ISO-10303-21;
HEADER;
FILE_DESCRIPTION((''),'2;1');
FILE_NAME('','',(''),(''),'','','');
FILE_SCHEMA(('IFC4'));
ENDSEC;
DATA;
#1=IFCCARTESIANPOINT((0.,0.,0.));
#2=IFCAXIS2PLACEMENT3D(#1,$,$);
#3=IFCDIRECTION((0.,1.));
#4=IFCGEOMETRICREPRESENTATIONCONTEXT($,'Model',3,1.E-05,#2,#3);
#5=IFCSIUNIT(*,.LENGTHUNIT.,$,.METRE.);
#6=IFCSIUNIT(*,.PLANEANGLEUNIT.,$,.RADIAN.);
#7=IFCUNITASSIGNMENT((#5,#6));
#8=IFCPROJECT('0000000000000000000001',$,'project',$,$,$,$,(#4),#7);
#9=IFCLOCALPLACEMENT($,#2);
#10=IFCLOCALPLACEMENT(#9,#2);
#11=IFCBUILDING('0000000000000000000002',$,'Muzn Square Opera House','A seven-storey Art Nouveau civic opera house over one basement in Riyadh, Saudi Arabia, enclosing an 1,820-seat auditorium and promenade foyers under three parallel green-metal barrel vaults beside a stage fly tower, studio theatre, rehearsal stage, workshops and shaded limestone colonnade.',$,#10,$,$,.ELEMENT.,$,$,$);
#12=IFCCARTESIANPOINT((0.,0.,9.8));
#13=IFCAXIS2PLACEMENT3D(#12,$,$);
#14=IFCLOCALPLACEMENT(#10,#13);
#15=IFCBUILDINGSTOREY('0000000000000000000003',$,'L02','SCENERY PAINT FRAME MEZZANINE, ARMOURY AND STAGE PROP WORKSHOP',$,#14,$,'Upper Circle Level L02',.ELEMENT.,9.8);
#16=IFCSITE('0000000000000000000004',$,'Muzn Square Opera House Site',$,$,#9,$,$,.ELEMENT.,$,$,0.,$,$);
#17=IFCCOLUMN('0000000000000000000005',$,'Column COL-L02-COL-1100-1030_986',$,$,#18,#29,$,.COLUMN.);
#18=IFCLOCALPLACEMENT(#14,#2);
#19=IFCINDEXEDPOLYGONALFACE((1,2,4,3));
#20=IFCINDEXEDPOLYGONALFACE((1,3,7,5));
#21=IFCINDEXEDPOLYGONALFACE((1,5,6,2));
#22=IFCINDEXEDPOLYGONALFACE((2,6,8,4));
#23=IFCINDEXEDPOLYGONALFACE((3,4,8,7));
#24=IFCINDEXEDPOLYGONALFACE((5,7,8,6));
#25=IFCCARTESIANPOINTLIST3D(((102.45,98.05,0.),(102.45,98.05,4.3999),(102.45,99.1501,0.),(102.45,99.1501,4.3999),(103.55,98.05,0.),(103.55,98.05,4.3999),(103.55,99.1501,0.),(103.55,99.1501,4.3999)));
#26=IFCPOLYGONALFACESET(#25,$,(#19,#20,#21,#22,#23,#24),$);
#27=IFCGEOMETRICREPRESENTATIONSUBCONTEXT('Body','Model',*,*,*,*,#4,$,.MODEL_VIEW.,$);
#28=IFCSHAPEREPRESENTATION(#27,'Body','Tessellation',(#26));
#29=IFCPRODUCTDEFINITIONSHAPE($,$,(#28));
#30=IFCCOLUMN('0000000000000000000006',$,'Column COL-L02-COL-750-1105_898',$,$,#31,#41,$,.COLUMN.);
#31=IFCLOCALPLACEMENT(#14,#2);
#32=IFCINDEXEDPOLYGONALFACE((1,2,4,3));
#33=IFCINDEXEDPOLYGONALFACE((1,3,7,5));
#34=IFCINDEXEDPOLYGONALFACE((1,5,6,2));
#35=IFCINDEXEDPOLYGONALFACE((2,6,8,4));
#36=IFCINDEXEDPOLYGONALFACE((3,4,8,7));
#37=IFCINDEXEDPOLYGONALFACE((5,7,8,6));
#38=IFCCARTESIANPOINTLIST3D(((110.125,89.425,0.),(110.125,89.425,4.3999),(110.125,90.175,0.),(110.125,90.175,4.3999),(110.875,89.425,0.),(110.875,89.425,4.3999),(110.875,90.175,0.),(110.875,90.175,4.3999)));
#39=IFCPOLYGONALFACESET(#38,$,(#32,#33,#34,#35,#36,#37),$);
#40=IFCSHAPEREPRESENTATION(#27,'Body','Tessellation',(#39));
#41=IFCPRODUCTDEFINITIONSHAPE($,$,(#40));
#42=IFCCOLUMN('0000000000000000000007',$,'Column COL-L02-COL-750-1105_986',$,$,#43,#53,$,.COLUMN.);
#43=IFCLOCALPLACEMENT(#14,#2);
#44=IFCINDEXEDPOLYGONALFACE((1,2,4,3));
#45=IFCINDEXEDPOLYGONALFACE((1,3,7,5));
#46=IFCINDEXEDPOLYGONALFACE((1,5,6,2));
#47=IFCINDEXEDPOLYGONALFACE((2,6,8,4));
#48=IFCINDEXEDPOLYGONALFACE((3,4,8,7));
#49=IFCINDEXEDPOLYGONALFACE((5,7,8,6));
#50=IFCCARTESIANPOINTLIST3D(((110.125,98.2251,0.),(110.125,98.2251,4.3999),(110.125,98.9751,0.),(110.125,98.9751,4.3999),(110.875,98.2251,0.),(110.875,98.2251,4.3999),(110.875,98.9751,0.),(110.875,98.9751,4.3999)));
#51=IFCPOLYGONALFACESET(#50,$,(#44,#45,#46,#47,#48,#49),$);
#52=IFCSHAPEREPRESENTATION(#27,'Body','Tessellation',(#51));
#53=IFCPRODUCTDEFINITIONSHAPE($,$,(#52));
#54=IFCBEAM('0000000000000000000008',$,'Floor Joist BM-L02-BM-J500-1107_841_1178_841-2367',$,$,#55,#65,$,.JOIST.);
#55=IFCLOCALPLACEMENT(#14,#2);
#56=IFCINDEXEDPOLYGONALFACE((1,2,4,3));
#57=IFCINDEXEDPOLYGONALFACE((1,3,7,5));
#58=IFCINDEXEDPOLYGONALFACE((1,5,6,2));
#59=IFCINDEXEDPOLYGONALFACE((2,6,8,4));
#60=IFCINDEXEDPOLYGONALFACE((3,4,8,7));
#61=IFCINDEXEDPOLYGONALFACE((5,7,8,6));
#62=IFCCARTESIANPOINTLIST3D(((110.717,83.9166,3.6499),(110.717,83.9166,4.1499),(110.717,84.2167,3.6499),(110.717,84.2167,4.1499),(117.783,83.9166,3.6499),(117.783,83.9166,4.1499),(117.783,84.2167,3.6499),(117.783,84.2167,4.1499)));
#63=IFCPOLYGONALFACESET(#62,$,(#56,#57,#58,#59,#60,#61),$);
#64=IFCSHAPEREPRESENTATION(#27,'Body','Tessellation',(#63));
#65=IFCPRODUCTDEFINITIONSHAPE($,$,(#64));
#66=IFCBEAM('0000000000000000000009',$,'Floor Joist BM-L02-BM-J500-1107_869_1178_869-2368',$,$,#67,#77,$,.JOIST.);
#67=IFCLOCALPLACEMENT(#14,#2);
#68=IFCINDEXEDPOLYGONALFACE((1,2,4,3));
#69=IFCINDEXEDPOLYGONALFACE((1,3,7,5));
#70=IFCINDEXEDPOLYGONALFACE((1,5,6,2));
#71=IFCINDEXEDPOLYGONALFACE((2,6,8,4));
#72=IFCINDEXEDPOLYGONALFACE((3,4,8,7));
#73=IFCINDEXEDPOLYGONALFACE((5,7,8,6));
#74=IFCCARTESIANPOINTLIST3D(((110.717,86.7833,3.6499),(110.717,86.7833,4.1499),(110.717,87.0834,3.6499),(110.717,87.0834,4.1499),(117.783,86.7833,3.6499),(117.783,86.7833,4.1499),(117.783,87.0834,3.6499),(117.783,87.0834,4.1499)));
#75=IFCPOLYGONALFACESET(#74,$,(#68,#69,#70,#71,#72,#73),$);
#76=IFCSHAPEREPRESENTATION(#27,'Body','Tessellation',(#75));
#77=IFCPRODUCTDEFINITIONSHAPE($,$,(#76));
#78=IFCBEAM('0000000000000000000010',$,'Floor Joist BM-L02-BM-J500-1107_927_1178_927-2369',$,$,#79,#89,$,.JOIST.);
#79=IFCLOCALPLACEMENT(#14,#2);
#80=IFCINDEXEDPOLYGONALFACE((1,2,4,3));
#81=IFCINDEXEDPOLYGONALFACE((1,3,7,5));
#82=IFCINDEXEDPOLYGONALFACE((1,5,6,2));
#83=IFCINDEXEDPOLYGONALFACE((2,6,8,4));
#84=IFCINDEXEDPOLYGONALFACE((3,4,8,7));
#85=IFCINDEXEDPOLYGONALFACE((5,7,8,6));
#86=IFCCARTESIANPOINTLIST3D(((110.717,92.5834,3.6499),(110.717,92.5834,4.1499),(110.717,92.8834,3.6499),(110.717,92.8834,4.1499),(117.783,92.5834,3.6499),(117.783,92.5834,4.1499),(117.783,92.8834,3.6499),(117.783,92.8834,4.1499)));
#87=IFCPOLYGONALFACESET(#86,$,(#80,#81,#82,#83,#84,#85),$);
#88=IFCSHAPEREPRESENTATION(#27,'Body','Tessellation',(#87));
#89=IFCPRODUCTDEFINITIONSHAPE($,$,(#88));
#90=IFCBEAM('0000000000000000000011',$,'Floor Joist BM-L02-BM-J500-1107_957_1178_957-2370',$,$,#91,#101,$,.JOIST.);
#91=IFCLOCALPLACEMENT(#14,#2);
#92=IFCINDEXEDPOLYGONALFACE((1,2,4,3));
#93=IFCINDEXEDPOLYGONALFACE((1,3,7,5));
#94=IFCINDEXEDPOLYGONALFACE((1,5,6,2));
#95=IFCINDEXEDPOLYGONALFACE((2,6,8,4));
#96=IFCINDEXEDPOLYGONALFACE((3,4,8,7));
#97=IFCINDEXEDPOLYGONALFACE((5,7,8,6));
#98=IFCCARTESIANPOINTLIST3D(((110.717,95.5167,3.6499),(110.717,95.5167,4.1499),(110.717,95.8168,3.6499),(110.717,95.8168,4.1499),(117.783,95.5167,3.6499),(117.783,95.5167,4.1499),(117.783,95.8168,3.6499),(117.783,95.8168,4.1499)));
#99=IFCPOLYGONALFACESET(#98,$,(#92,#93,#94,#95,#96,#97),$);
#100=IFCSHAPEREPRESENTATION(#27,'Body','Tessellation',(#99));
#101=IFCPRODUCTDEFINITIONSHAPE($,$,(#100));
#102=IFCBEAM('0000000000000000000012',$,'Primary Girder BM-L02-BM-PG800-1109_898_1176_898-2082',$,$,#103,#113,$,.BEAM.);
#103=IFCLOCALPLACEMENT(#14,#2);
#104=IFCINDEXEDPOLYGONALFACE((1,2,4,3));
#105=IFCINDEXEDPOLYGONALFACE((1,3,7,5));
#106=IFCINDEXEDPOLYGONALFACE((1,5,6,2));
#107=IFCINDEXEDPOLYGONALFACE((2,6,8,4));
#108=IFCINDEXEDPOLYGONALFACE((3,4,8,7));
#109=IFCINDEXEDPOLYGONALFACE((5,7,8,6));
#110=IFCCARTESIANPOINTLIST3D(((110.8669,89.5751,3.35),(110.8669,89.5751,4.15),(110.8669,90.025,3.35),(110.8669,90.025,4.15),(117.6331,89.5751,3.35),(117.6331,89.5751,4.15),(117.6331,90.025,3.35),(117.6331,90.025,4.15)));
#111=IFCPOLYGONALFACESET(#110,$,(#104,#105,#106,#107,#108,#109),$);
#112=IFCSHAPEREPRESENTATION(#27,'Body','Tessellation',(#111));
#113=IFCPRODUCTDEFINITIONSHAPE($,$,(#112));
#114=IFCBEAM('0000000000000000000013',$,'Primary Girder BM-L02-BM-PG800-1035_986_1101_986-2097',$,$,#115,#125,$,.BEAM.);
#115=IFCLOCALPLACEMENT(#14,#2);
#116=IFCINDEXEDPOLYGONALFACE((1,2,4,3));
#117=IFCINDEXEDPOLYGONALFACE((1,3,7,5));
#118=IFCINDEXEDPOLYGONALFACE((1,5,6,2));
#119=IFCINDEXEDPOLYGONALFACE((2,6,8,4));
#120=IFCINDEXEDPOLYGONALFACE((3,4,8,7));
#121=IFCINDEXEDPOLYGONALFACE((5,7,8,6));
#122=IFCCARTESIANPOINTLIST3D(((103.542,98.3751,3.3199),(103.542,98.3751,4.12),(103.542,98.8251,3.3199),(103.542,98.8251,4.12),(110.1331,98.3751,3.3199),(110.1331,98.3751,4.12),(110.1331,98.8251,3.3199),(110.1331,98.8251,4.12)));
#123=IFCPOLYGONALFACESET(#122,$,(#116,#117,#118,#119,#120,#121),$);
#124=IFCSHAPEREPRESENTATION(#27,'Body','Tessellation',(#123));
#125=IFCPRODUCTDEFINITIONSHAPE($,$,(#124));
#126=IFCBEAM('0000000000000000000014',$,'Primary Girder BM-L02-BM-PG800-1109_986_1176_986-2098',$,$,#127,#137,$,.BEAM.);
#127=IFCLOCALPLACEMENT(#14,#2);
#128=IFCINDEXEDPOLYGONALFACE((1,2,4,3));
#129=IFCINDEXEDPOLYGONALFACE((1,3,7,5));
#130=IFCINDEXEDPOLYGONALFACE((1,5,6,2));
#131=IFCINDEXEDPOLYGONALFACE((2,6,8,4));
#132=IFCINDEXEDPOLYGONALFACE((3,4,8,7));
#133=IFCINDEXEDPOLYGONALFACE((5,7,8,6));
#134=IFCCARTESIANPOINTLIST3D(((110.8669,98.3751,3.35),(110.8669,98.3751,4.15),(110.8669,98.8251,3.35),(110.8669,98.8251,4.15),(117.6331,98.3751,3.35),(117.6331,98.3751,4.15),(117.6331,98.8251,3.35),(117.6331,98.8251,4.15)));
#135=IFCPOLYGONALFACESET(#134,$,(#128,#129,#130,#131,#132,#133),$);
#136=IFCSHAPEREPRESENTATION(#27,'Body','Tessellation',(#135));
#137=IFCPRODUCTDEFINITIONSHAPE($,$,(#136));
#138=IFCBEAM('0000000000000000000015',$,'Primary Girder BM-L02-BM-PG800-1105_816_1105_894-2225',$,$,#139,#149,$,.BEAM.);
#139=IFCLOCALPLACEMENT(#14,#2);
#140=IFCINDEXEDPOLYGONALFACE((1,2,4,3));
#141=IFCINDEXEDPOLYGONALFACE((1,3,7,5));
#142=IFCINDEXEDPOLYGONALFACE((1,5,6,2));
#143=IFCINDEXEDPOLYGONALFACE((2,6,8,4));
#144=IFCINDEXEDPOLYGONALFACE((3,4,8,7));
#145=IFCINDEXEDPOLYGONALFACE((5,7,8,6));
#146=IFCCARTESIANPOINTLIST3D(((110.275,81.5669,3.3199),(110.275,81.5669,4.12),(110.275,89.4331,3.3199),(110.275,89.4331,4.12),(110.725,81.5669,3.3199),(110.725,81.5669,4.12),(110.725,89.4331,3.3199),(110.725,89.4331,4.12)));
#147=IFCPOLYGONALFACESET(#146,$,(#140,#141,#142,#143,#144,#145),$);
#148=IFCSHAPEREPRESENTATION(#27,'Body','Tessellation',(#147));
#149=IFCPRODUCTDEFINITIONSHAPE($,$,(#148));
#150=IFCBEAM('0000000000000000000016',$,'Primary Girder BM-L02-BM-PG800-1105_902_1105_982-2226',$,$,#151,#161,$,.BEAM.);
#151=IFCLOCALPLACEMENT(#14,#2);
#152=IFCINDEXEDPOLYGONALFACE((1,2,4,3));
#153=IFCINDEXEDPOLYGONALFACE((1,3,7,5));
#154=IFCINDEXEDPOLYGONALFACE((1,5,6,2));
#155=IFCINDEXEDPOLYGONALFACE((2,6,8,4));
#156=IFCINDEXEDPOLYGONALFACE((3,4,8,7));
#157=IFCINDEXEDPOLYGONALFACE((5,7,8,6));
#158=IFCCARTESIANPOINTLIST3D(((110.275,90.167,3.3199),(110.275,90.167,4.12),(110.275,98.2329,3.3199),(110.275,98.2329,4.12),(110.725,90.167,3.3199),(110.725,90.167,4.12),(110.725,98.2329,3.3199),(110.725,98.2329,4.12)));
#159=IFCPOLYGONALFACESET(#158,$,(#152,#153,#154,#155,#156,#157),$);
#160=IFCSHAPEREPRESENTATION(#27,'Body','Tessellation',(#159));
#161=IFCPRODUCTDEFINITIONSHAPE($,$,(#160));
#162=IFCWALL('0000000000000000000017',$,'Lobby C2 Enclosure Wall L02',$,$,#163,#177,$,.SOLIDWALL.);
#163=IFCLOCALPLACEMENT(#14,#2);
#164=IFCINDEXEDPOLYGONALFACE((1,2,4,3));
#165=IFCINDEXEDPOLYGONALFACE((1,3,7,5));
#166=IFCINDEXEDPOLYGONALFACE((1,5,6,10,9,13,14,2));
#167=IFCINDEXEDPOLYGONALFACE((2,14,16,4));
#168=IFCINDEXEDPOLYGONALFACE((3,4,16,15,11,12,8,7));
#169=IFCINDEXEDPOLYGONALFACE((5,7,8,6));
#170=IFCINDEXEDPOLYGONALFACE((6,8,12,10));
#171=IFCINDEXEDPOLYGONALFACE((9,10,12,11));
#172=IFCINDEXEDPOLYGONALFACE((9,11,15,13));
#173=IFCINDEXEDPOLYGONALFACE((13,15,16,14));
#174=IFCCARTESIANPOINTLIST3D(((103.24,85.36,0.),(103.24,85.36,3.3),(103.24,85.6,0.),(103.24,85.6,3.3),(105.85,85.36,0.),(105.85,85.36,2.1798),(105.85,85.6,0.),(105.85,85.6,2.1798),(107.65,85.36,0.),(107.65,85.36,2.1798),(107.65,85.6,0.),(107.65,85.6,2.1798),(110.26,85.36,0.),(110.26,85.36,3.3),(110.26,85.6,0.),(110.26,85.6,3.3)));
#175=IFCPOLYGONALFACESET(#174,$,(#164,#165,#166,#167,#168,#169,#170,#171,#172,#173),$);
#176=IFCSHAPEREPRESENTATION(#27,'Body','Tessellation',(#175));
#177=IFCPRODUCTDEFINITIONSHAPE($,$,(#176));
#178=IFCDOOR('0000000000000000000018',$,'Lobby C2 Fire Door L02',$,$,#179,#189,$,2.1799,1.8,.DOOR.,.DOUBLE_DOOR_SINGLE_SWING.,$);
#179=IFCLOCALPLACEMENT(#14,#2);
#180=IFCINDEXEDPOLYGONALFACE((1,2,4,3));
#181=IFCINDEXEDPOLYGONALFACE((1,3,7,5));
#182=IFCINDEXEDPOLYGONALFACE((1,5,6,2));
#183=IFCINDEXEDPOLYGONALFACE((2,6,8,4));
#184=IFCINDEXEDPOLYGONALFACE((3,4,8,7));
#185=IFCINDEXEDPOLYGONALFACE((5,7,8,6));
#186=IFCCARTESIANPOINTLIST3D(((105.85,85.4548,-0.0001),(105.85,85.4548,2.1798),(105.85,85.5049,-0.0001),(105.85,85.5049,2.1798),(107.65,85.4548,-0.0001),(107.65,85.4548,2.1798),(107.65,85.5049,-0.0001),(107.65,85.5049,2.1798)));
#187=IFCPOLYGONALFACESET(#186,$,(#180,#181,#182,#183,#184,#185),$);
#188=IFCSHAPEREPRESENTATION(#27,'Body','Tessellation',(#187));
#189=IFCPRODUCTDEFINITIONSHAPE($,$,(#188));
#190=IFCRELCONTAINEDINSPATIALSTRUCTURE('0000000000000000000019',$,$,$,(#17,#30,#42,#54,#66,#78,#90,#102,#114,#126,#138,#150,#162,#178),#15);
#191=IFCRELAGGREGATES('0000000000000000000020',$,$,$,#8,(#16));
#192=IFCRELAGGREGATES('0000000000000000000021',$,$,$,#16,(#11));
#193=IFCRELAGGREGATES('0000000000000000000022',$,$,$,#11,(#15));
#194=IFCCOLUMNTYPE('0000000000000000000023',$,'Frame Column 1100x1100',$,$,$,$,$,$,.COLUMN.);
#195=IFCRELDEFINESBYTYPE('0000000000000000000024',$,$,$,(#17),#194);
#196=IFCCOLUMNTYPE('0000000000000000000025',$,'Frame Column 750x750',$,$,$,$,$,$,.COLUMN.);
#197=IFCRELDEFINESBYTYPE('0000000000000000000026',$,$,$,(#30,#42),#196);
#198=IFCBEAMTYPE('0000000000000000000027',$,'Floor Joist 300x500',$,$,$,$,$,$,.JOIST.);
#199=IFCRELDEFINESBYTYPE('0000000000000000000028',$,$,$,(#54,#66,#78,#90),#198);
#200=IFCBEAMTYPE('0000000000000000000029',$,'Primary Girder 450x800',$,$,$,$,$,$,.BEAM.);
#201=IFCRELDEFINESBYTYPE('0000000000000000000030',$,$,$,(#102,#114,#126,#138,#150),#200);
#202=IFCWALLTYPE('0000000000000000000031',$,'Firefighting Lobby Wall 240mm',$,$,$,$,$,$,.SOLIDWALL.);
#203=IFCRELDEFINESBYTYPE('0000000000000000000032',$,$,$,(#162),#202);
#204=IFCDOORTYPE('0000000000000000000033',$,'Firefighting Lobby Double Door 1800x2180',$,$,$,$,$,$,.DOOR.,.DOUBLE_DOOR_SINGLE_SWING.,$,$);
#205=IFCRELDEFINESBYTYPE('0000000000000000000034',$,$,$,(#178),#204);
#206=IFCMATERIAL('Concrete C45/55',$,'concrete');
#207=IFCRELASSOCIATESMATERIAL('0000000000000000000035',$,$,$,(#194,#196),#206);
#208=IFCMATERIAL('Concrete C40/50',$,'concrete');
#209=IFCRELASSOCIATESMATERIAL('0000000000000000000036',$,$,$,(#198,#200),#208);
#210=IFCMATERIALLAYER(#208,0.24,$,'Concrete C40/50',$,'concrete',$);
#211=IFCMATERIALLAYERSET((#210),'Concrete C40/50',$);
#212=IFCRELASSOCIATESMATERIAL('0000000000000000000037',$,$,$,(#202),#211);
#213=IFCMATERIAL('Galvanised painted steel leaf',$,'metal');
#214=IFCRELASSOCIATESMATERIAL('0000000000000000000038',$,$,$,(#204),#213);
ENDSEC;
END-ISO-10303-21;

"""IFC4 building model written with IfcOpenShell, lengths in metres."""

from ifc_helpers import new_model, si_unit, direction, frame, frame_2d, origin, origin_2d, place, context, subcontext, project, spatial, rectangle, extrude, material, layer, layer_set, material_profile, profile_set, type_object, element, fill, save


model = new_model("IFC4")

# Units and contexts
model_context = context("Model", 3, precision=1e-05, world=origin(), true_north=direction((0.0, 1.0)))
body_context = subcontext(model_context, "Body", "Model", "MODEL_VIEW")
ifc_project = project(units=[si_unit("LENGTHUNIT", "METRE"), si_unit("PLANEANGLEUNIT", "RADIAN")], contexts=[model_context])

# Site, building, storey
site_placement = place(None, origin())
site = spatial("IfcSite", under=ifc_project, at=site_placement, Name="Muzn Square Opera House Site", CompositionType="ELEMENT", RefElevation=0.0)
building_placement = place(site_placement, origin())
building = spatial("IfcBuilding", under=site, at=building_placement, Name="Muzn Square Opera House", Description="A seven-storey Art Nouveau civic opera house over one basement in Riyadh, Saudi Arabia, enclosing an 1,820-seat auditorium and promenade foyers under three parallel green-metal barrel vaults beside a stage fly tower, studio theatre, rehearsal stage, workshops and shaded limestone colonnade.", CompositionType="ELEMENT")
storey_placement = place(building_placement, frame((0.0, 0.0, 9.8)))
storey = spatial("IfcBuildingStorey", under=building, at=storey_placement, Name="L02", Description="SCENERY PAINT FRAME MEZZANINE, ARMOURY AND STAGE PROP WORKSHOP", LongName="Upper Circle Level L02", CompositionType="ELEMENT", Elevation=9.8)

# Columns
ifc_material_1 = material(Name="Concrete C45/55", Category="concrete")
ifc_material_profile_1 = material_profile(ifc_material_1, rectangle(XDim=1.1001, YDim=1.1001, at=origin_2d()), Name="RC 1100x1100", Category="concrete")
ifc_profile_set_1 = profile_set([ifc_material_profile_1], Name="Concrete C45/55")
column_type_1 = type_object("IfcColumnType", Name="Frame Column 1100x1100", PredefinedType="COLUMN", material=ifc_profile_set_1)
column_placement = place(storey_placement, frame((103.0, 98.6001, 0.0), z_axis=(0.0, 0.0, 1.0), x_axis=(1.0, 0.0, 0.0)))
element("IfcColumn", 1, at=column_placement, inside=storey, type_object=column_type_1, Name="Column COL-L02-COL-1100-1030_986", PredefinedType="COLUMN", context=body_context, shape_type="SweptSolid", body=[
    extrude(rectangle(XDim=1.1001, YDim=1.1001, at=origin_2d()), origin(), (0.0, 0.0, 1.0), 4.3999),
])
ifc_material_profile_2 = material_profile(ifc_material_1, rectangle(XDim=0.75, YDim=0.75, at=origin_2d()), Name="RC 750x750", Category="concrete")
ifc_profile_set_2 = profile_set([ifc_material_profile_2], Name="Concrete C45/55")
column_type_2 = type_object("IfcColumnType", Name="Frame Column 750x750", PredefinedType="COLUMN", material=ifc_profile_set_2)
for number, where, z_axis, x_axis, name in (
    (2, (110.5, 89.8, 0.0), (0.0, 0.0, 1.0), (1.0, 0.0, 0.0), "Column COL-L02-COL-750-1105_898"),
    (3, (110.5, 98.6001, 0.0), (0.0, 0.0, 1.0), (1.0, 0.0, 0.0), "Column COL-L02-COL-750-1105_986"),
):
    element("IfcColumn", number, at=place(storey_placement, frame(where, z_axis=z_axis, x_axis=x_axis)), inside=storey, type_object=column_type_2, Name=name, PredefinedType="COLUMN", context=body_context, shape_type="SweptSolid", body=[
        extrude(rectangle(XDim=0.75, YDim=0.75, at=origin_2d()), origin(), (0.0, 0.0, 1.0), 4.3999),
    ])

# Beams
ifc_material_2 = material(Name="Concrete C40/50", Category="concrete")
ifc_material_profile_3 = material_profile(ifc_material_2, rectangle(XDim=0.3, YDim=0.5, at=origin_2d()), Name="RCJ 300x500", Category="concrete")
ifc_profile_set_3 = profile_set([ifc_material_profile_3], Name="Concrete C40/50")
beam_type_1 = type_object("IfcBeamType", Name="Floor Joist 300x500", PredefinedType="JOIST", material=ifc_profile_set_3)
for number, where, z_axis, x_axis, name in (
    (4, (110.717, 84.0667, 3.8999), (1.0, 0.0, 0.0), (0.0, 1.0, 0.0), "Floor Joist BM-L02-BM-J500-1107_841_1178_841-2367"),
    (5, (110.717, 86.9333, 3.8999), (1.0, 0.0, 0.0), (0.0, 1.0, 0.0), "Floor Joist BM-L02-BM-J500-1107_869_1178_869-2368"),
    (6, (110.717, 92.7334, 3.8999), (1.0, 0.0, 0.0), (0.0, 1.0, 0.0), "Floor Joist BM-L02-BM-J500-1107_927_1178_927-2369"),
    (7, (110.717, 95.6667, 3.8999), (1.0, 0.0, 0.0), (0.0, 1.0, 0.0), "Floor Joist BM-L02-BM-J500-1107_957_1178_957-2370"),
):
    element("IfcBeam", number, at=place(storey_placement, frame(where, z_axis=z_axis, x_axis=x_axis)), inside=storey, type_object=beam_type_1, Name=name, PredefinedType="JOIST", context=body_context, shape_type="SweptSolid", body=[
        extrude(rectangle(XDim=0.3, YDim=0.5, at=origin_2d()), origin(), (0.0, 0.0, 1.0), 7.0659),
    ])
ifc_material_profile_4 = material_profile(ifc_material_2, rectangle(XDim=0.45, YDim=0.8, at=origin_2d()), Name="RCB 450x800", Category="concrete")
ifc_profile_set_4 = profile_set([ifc_material_profile_4], Name="Concrete C40/50")
beam_type_2 = type_object("IfcBeamType", Name="Primary Girder 450x800", PredefinedType="BEAM", material=ifc_profile_set_4)
beam_1_placement = place(storey_placement, frame((110.8669, 89.8, 3.75), z_axis=(1.0, 0.0, 0.0), x_axis=(0.0, 1.0, 0.0)))
element("IfcBeam", 8, at=beam_1_placement, inside=storey, type_object=beam_type_2, Name="Primary Girder BM-L02-BM-PG800-1109_898_1176_898-2082", PredefinedType="BEAM", context=body_context, shape_type="SweptSolid", body=[
    extrude(rectangle(XDim=0.45, YDim=0.8, at=origin_2d()), origin(), (0.0, 0.0, 1.0), 6.7661),
])
beam_2_placement = place(storey_placement, frame((103.542, 98.6001, 3.72), z_axis=(1.0, 0.0, 0.0), x_axis=(0.0, 1.0, 0.0)))
element("IfcBeam", 9, at=beam_2_placement, inside=storey, type_object=beam_type_2, Name="Primary Girder BM-L02-BM-PG800-1035_986_1101_986-2097", PredefinedType="BEAM", context=body_context, shape_type="SweptSolid", body=[
    extrude(rectangle(XDim=0.45, YDim=0.8, at=origin_2d()), origin(), (0.0, 0.0, 1.0), 6.5911),
])
beam_3_placement = place(storey_placement, frame((110.8669, 98.6001, 3.75), z_axis=(1.0, 0.0, 0.0), x_axis=(0.0, 1.0, 0.0)))
element("IfcBeam", 10, at=beam_3_placement, inside=storey, type_object=beam_type_2, Name="Primary Girder BM-L02-BM-PG800-1109_986_1176_986-2098", PredefinedType="BEAM", context=body_context, shape_type="SweptSolid", body=[
    extrude(rectangle(XDim=0.45, YDim=0.8, at=origin_2d()), origin(), (0.0, 0.0, 1.0), 6.7661),
])
beam_4_placement = place(storey_placement, frame((110.5, 81.5669, 3.72), z_axis=(0.0, 1.0, 0.0), x_axis=(-1.0, 0.0, 0.0)))
element("IfcBeam", 11, at=beam_4_placement, inside=storey, type_object=beam_type_2, Name="Primary Girder BM-L02-BM-PG800-1105_816_1105_894-2225", PredefinedType="BEAM", context=body_context, shape_type="SweptSolid", body=[
    extrude(rectangle(XDim=0.45, YDim=0.8, at=origin_2d()), origin(), (0.0, 0.0, 1.0), 7.8662),
])
beam_5_placement = place(storey_placement, frame((110.5, 90.167, 3.72), z_axis=(0.0, 1.0, 0.0), x_axis=(-1.0, 0.0, 0.0)))
element("IfcBeam", 12, at=beam_5_placement, inside=storey, type_object=beam_type_2, Name="Primary Girder BM-L02-BM-PG800-1105_902_1105_982-2226", PredefinedType="BEAM", context=body_context, shape_type="SweptSolid", body=[
    extrude(rectangle(XDim=0.45, YDim=0.8, at=origin_2d()), origin(), (0.0, 0.0, 1.0), 8.0659),
])

# Shared definitions
ifc_material_3 = material(Name="Galvanised painted steel leaf", Category="metal")

# Wall, opening, door
ifc_layer_1 = layer(ifc_material_2, 0.24, Name="Concrete C40/50", Category="concrete")
ifc_layer_set_1 = layer_set([ifc_layer_1], Name="Concrete C40/50")
wall_type_1 = type_object("IfcWallType", Name="Firefighting Lobby Wall 240mm", PredefinedType="SOLIDWALL", material=ifc_layer_set_1)
wall_1_placement = place(storey_placement, frame((103.24, 85.48, 0.0), z_axis=(0.0, 0.0, 1.0), x_axis=(1.0, 0.0, 0.0)))
wall_1 = element("IfcWall", 13, at=wall_1_placement, inside=storey, type_object=wall_type_1, Name="Lobby C2 Enclosure Wall L02", PredefinedType="SOLIDWALL", context=body_context, shape_type="SweptSolid", body=[
    extrude(rectangle(XDim=7.02, YDim=0.24, at=frame_2d((3.51, 0.0))), origin(), (0.0, 0.0, 1.0), 3.3),
])
opening_1_placement = place(wall_1_placement, frame((2.6101, 0.0, 0.0)))
opening_1 = element("IfcOpeningElement", 14, at=opening_1_placement, cuts=wall_1, PredefinedType="OPENING", context=body_context, shape_type="SweptSolid", body=[
    extrude(rectangle(XDim=1.8, YDim=2.1799, at=frame_2d((0.8999, 1.0898))), frame((0.0, 0.1299, 0.0), z_axis=(0.0, -1.0, 0.0), x_axis=(1.0, 0.0, 0.0)), (0.0, 0.0, 1.0), 0.26),
])
door_type_1 = type_object("IfcDoorType", Name="Firefighting Lobby Double Door 1800x2180", OperationType="DOUBLE_DOOR_SINGLE_SWING", PredefinedType="DOOR", material=ifc_material_3)
door_1_placement = place(opening_1_placement, origin())
door_1 = element("IfcDoor", 15, at=door_1_placement, inside=storey, type_object=door_type_1, Name="Lobby C2 Fire Door L02", OperationType="DOUBLE_DOOR_SINGLE_SWING", OverallHeight=2.1799, OverallWidth=1.8, PredefinedType="DOOR", context=body_context, shape_type="SweptSolid", body=[
    extrude(rectangle(XDim=1.8, YDim=2.1799, at=frame_2d((0.8999, 1.0898))), frame((0.0, 0.0249, 0.0), z_axis=(0.0, -1.0, 0.0), x_axis=(1.0, 0.0, 0.0)), (0.0, 0.0, 1.0), 0.05),
])
fill(opening_1, door_1)

save(model, "model.ifc")
